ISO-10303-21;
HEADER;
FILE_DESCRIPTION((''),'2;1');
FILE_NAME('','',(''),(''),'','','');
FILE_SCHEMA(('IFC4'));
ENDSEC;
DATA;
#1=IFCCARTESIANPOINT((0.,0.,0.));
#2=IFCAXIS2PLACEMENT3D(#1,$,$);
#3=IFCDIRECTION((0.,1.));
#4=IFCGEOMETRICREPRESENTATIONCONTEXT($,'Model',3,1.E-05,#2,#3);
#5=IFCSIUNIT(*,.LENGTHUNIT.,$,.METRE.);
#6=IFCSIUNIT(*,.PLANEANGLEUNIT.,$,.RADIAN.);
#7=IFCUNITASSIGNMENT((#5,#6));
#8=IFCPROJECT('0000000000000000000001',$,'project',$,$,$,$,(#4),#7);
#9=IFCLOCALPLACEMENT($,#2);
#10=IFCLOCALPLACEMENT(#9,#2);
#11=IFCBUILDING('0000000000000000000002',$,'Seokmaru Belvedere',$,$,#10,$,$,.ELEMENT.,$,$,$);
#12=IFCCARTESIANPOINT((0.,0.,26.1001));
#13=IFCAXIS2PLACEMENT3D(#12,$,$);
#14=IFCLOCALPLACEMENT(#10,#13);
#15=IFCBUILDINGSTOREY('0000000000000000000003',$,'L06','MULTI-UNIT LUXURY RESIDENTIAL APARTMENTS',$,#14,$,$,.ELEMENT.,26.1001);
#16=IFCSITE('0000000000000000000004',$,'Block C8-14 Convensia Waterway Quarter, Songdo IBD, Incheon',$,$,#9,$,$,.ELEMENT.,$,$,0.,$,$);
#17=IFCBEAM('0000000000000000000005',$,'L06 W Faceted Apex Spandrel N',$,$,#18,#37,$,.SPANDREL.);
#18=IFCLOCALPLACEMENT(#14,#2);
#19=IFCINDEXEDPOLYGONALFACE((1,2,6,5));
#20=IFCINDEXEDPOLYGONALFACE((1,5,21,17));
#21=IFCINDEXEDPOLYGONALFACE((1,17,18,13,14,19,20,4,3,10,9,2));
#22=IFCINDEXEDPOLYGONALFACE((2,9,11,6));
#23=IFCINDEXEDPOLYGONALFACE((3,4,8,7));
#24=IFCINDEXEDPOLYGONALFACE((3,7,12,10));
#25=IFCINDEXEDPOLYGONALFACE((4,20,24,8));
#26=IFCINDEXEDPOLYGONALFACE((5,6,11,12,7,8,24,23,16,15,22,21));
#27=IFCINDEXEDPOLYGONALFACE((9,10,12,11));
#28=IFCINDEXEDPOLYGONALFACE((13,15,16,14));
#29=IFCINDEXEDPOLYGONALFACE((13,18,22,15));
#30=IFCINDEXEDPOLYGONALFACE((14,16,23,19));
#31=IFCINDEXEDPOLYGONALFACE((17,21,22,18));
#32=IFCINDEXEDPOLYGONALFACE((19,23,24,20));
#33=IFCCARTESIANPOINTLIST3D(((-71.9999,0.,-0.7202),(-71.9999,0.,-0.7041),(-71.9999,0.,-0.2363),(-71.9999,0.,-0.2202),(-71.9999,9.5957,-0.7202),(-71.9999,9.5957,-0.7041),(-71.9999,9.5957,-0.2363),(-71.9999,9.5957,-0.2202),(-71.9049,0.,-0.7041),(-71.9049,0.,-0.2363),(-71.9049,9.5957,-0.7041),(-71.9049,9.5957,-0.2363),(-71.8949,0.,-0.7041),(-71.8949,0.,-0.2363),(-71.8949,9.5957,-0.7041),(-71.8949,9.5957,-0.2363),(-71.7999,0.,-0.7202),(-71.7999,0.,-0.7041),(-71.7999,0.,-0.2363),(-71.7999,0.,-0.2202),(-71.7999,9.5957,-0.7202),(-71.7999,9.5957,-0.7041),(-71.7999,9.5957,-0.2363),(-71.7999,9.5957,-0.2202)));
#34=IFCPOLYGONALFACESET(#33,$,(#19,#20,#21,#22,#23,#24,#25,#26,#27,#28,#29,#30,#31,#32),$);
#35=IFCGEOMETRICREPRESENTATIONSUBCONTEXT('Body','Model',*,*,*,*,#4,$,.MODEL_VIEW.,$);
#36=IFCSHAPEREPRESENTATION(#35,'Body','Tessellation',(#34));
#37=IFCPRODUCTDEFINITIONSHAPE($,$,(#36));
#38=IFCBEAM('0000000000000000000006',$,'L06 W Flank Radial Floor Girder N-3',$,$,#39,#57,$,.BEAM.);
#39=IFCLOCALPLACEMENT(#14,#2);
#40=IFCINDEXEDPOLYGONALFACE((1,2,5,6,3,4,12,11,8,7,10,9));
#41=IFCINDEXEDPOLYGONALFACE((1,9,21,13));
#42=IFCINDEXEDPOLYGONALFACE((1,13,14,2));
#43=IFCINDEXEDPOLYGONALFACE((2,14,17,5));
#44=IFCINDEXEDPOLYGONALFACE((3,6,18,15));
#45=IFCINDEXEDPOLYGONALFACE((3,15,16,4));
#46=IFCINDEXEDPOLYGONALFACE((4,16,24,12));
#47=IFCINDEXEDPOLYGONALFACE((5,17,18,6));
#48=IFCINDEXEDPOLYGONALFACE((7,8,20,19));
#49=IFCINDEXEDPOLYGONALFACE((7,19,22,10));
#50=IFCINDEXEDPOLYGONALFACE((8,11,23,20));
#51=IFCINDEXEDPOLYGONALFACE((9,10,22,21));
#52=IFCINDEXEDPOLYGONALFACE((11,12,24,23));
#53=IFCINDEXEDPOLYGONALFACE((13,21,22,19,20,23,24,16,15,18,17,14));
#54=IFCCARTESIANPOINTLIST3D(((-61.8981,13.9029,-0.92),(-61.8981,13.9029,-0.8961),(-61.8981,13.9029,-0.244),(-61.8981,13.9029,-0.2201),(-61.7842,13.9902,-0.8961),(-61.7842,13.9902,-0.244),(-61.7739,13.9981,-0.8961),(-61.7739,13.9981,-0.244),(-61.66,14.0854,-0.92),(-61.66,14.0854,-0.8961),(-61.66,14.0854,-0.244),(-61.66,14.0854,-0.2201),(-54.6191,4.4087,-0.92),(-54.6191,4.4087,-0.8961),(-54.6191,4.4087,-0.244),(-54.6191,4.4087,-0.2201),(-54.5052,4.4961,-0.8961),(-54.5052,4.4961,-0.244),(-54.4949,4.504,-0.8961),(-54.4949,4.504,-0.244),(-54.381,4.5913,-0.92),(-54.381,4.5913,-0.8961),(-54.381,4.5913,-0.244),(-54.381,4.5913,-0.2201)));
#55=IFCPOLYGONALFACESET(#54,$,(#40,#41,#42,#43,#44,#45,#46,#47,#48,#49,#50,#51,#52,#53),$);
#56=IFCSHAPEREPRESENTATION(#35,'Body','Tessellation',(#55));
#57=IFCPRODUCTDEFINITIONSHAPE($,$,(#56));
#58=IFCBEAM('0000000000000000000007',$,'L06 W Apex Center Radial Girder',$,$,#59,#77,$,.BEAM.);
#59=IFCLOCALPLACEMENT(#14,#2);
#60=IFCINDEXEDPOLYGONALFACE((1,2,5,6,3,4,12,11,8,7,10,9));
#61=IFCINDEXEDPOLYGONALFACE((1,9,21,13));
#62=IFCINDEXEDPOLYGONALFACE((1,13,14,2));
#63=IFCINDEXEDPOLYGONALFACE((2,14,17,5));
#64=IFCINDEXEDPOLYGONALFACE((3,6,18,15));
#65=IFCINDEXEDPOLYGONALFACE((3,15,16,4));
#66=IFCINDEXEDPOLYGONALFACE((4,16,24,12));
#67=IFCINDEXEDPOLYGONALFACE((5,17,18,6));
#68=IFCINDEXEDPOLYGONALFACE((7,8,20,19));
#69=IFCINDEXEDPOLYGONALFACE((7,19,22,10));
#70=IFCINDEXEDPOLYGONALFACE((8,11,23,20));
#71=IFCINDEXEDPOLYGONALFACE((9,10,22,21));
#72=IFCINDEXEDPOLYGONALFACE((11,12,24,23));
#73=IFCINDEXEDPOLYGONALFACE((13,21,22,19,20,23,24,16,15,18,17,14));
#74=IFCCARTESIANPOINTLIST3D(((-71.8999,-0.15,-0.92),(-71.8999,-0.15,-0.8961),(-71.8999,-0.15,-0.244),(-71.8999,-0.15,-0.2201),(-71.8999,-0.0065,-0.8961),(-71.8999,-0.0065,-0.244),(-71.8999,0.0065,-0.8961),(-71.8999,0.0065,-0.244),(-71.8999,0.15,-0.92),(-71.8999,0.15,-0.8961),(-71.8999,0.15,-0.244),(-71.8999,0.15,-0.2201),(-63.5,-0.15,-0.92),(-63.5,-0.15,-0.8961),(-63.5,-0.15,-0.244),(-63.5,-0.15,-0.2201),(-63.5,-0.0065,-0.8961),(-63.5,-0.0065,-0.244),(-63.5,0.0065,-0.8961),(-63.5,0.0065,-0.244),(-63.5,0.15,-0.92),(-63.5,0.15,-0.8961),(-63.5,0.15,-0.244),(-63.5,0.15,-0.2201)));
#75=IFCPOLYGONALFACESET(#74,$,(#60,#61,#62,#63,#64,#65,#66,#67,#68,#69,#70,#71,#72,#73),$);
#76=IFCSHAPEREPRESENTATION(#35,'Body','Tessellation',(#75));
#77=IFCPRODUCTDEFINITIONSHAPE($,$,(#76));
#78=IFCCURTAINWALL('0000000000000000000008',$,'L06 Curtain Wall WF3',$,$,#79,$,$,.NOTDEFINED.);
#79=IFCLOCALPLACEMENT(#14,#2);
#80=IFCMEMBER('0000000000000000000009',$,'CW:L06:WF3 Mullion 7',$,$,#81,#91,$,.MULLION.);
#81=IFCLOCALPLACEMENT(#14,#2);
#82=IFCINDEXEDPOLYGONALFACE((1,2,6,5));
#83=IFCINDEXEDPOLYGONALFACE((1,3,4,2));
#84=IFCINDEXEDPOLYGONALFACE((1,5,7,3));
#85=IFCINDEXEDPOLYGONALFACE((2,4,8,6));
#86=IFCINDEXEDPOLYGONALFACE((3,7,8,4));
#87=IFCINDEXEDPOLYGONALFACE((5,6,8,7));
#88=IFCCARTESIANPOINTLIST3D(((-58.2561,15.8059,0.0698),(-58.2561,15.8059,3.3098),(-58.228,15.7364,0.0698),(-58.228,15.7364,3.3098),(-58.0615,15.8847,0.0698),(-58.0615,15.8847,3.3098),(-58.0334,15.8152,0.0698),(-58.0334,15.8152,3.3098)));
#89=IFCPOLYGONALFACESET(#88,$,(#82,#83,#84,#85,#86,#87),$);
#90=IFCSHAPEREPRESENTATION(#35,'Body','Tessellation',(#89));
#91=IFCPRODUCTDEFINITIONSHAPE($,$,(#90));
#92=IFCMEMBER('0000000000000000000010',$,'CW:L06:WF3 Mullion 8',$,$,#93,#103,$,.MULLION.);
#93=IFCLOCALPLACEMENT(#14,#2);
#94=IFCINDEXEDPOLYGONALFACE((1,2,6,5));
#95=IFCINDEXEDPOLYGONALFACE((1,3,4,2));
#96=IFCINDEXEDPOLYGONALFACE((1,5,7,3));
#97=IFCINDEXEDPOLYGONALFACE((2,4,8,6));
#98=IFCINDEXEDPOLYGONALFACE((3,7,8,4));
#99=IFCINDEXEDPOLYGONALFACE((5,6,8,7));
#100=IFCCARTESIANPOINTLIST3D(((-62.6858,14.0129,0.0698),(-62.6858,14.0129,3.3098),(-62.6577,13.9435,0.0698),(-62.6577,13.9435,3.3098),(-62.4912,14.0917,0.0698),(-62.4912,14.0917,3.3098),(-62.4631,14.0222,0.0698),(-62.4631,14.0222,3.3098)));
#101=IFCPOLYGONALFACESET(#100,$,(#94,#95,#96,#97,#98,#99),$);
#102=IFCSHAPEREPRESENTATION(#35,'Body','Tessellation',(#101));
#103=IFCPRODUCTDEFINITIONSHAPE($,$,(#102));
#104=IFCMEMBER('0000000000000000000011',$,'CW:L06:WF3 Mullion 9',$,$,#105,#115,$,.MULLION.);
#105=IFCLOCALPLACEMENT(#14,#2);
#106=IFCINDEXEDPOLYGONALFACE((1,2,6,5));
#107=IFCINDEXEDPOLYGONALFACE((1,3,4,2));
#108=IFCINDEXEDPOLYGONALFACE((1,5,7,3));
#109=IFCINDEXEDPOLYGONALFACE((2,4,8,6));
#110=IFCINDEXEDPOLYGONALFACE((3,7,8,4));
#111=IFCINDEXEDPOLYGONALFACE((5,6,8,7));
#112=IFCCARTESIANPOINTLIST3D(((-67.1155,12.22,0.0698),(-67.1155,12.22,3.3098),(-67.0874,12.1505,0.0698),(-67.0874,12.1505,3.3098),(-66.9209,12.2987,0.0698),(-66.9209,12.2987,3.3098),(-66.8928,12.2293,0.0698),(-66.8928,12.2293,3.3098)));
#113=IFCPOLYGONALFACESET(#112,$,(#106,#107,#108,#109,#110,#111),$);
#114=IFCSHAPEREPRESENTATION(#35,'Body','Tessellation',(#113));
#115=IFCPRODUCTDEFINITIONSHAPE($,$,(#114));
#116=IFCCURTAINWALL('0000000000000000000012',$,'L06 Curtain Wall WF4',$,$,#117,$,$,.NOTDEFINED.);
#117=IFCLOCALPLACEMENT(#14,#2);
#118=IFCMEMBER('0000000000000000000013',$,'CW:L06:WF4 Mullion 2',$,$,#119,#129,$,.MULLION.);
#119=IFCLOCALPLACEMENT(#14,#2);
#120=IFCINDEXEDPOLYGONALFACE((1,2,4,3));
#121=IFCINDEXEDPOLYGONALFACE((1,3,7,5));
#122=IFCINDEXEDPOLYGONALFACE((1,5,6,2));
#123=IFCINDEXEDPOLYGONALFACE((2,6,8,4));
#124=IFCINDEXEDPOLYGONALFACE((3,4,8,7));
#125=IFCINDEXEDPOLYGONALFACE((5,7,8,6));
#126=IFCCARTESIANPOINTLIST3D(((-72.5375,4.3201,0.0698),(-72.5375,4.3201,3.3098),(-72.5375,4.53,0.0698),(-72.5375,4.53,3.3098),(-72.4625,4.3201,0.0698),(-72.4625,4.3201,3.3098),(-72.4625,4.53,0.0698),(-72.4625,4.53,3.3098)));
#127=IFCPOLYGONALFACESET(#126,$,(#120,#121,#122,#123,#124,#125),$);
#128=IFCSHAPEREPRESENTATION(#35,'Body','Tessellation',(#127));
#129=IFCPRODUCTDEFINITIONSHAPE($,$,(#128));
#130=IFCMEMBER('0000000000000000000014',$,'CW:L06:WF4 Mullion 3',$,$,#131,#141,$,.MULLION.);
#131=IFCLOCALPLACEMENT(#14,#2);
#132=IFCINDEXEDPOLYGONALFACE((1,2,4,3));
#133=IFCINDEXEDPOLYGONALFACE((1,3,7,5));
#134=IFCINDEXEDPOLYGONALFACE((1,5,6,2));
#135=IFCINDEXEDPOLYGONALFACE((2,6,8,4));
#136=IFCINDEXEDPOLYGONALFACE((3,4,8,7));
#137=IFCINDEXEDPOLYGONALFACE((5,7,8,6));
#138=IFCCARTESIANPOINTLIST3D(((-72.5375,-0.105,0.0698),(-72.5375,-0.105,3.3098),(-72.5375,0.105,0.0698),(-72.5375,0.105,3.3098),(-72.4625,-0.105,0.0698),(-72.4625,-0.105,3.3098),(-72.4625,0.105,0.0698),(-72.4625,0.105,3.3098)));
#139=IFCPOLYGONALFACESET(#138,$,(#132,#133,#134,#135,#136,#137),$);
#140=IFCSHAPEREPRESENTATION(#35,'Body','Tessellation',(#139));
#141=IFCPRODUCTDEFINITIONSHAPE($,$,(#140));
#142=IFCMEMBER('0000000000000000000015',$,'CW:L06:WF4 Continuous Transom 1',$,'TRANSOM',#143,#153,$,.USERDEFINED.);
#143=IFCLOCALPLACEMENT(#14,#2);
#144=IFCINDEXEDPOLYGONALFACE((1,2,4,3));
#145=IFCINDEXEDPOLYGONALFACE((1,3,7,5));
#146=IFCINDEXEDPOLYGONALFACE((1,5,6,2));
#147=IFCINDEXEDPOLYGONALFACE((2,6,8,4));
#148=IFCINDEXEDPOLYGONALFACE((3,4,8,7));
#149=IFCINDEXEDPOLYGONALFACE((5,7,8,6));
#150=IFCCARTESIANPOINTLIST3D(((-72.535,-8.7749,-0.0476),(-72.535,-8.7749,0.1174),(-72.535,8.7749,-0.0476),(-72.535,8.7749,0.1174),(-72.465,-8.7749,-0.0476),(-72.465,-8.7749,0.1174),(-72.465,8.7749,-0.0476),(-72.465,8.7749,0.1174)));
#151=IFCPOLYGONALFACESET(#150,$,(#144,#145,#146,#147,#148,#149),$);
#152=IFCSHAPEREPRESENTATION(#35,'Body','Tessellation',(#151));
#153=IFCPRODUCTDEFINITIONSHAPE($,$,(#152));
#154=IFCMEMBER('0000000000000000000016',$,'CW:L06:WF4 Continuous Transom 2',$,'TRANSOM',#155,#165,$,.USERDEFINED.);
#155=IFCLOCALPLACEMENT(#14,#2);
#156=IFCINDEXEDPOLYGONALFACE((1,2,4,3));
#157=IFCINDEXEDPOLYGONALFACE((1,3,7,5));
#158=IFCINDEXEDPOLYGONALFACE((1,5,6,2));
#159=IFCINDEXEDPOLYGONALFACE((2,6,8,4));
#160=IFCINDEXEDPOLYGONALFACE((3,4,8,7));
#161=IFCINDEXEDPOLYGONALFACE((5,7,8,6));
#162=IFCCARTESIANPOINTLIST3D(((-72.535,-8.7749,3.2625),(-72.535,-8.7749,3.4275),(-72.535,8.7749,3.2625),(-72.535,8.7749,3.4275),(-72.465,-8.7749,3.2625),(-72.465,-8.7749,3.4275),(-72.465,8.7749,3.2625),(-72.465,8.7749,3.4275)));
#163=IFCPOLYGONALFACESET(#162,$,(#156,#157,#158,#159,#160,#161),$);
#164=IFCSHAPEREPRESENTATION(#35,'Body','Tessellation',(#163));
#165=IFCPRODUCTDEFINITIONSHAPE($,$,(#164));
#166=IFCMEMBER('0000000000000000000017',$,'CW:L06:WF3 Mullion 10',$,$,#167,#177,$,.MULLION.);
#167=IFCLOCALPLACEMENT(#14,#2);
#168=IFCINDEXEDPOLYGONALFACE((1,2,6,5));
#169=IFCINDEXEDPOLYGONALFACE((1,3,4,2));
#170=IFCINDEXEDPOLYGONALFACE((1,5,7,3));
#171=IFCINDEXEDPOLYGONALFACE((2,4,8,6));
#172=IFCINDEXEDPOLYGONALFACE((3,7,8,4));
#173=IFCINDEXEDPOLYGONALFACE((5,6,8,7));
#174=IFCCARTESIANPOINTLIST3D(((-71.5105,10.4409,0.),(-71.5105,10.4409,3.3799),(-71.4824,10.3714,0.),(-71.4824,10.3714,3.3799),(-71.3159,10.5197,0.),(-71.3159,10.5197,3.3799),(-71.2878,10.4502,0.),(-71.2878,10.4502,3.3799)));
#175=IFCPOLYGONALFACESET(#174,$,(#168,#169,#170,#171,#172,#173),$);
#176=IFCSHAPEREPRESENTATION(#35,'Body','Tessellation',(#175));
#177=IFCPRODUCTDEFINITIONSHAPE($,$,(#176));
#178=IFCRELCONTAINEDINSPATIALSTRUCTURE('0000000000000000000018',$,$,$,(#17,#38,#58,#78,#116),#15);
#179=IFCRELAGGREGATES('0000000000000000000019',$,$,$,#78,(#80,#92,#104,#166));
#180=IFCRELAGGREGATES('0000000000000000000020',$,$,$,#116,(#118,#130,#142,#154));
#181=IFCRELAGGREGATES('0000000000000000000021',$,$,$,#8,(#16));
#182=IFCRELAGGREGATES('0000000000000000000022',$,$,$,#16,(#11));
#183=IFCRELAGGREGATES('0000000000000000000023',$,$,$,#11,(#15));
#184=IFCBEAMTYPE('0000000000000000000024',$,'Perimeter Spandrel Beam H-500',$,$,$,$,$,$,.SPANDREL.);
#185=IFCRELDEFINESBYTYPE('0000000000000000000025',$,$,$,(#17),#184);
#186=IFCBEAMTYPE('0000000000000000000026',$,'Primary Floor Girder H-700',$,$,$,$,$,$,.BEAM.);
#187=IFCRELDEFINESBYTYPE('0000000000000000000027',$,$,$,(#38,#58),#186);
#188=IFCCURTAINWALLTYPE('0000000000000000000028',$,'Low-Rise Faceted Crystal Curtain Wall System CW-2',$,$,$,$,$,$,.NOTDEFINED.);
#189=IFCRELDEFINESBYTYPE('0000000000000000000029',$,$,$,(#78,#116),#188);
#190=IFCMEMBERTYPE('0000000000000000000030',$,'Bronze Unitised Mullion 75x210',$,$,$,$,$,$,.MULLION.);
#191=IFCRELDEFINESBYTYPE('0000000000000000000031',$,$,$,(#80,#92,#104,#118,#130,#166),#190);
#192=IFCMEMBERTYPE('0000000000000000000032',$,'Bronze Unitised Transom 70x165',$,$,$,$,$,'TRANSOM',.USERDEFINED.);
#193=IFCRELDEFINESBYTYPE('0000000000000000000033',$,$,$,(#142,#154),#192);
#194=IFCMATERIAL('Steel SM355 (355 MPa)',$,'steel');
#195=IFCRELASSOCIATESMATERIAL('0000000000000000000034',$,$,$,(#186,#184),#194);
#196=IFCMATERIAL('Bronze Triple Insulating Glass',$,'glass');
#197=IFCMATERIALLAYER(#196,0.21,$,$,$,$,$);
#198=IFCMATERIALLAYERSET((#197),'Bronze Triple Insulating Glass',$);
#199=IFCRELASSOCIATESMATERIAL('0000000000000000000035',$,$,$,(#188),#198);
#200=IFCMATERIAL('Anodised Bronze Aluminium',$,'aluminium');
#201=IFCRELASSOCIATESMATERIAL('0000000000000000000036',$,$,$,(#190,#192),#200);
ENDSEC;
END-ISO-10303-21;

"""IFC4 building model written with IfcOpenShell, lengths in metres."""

from ifc_helpers import new_model, si_unit, direction, frame, origin, origin_2d, place, context, subcontext, project, spatial, rectangle, i_section, extrude, source, transform, mapped, material, layer, layer_set, material_profile, profile_set, type_object, type_shapes, element, aggregate, save


model = new_model("IFC4")

# Units and contexts
model_context = context("Model", 3, precision=1e-05, world=origin(), true_north=direction((0.0, 1.0)))
body_context = subcontext(model_context, "Body", "Model", "MODEL_VIEW")
ifc_project = project(units=[si_unit("LENGTHUNIT", "METRE"), si_unit("PLANEANGLEUNIT", "RADIAN")], contexts=[model_context])

# Site, building, storey
site_placement = place(None, origin())
site = spatial("IfcSite", under=ifc_project, at=site_placement, Name="Block C8-14 Convensia Waterway Quarter, Songdo IBD, Incheon", CompositionType="ELEMENT", RefElevation=0.0)
building_placement = place(site_placement, origin())
building = spatial("IfcBuilding", under=site, at=building_placement, Name="Seokmaru Belvedere", CompositionType="ELEMENT")
storey_placement = place(building_placement, frame((0.0, 0.0, 26.1001)))
storey = spatial("IfcBuildingStorey", under=building, at=storey_placement, Name="L06", Description="MULTI-UNIT LUXURY RESIDENTIAL APARTMENTS", CompositionType="ELEMENT", Elevation=26.1001)

# Shared definitions
ifc_material_1 = material(Name="Steel SM355 (355 MPa)", Category="steel")

# Beams
ifc_material_profile_1 = material_profile(ifc_material_1, i_section(OverallWidth=0.3, OverallDepth=0.7, WebThickness=0.0129, FlangeThickness=0.0239, at=origin_2d()), Name="H-700x300x13x24")
ifc_profile_set_1 = profile_set([ifc_material_profile_1], Name="Steel SM355 (355 MPa)")
beam_type_1 = type_object("IfcBeamType", Name="Primary Floor Girder H-700", PredefinedType="BEAM", material=ifc_profile_set_1)
ifc_material_profile_2 = material_profile(ifc_material_1, i_section(OverallWidth=0.2, OverallDepth=0.5, WebThickness=0.01, FlangeThickness=0.0161, at=origin_2d()), Name="H-500x200x10x16")
ifc_profile_set_2 = profile_set([ifc_material_profile_2], Name="Steel SM355 (355 MPa)")
beam_type_2 = type_object("IfcBeamType", Name="Perimeter Spandrel Beam H-500", PredefinedType="SPANDREL", material=ifc_profile_set_2)
shared_shape_1 = source(origin(), body_context, "Body", "SweptSolid", [
    extrude(i_section(OverallWidth=0.2, OverallDepth=0.5, WebThickness=0.01, FlangeThickness=0.0161, at=origin_2d()), origin(), (0.0, 0.0, 1.0), 9.5957),
])
beam_1_placement = place(storey_placement, frame((-71.8999, 0.0, -0.4702), z_axis=(0.0, 1.0, 0.0), x_axis=(-1.0, 0.0, 0.0)))
element("IfcBeam", 1, at=beam_1_placement, inside=storey, type_object=beam_type_2, Name="L06 W Faceted Apex Spandrel N", PredefinedType="SPANDREL", context=body_context, shape_type="MappedRepresentation", body=[
    mapped(shared_shape_1, transform((0.0, 0.0, 0.0), scale=1.0)),
])
shared_shape_2 = source(origin(), body_context, "Body", "SweptSolid", [
    extrude(i_section(OverallWidth=0.3, OverallDepth=0.7, WebThickness=0.0129, FlangeThickness=0.0239, at=origin_2d()), origin(), (0.0, 0.0, 1.0), 11.9634),
])
beam_2_placement = place(storey_placement, frame((-61.7791, 13.9941, -0.5701), z_axis=(0.608443, -0.793598, 0.0), x_axis=(0.793598, 0.608443, 0.0)))
element("IfcBeam", 2, at=beam_2_placement, inside=storey, type_object=beam_type_1, Name="L06 W Flank Radial Floor Girder N-3", PredefinedType="BEAM", context=body_context, shape_type="MappedRepresentation", body=[
    mapped(shared_shape_2, transform((0.0, 0.0, 0.0), scale=1.0)),
])
shared_shape_3 = source(origin(), body_context, "Body", "SweptSolid", [
    extrude(i_section(OverallWidth=0.3, OverallDepth=0.7, WebThickness=0.0129, FlangeThickness=0.0239, at=origin_2d()), origin(), (0.0, 0.0, 1.0), 8.3999),
])
beam_3_placement = place(storey_placement, frame((-71.8999, 0.0, -0.5701), z_axis=(1.0, 0.0, 0.0), x_axis=(0.0, 1.0, 0.0)))
element("IfcBeam", 3, at=beam_3_placement, inside=storey, type_object=beam_type_1, Name="L06 W Apex Center Radial Girder", PredefinedType="BEAM", context=body_context, shape_type="MappedRepresentation", body=[
    mapped(shared_shape_3, transform((0.0, 0.0, 0.0), scale=1.0)),
])

# Curtain walls, members
ifc_material_2 = material(Name="Bronze Triple Insulating Glass", Category="glass")
ifc_layer_1 = layer(ifc_material_2, 0.21)
ifc_layer_set_1 = layer_set([ifc_layer_1], Name="Bronze Triple Insulating Glass")
curtain_wall_type = type_object("IfcCurtainWallType", Name="Low-Rise Faceted Crystal Curtain Wall System CW-2", PredefinedType="NOTDEFINED", material=ifc_layer_set_1)
curtain_wall_1_placement = place(storey_placement, origin())
curtain_wall_1 = element("IfcCurtainWall", 4, at=curtain_wall_1_placement, inside=storey, type_object=curtain_wall_type, Name="L06 Curtain Wall WF3", PredefinedType="NOTDEFINED")
ifc_material_3 = material(Name="Anodised Bronze Aluminium", Category="aluminium")
ifc_material_profile_3 = material_profile(ifc_material_3, rectangle(XDim=0.075, YDim=0.21, at=origin_2d()), Name="CW-M-75x210")
ifc_profile_set_3 = profile_set([ifc_material_profile_3], Name="Anodised Bronze Aluminium")
member_type_1 = type_object("IfcMemberType", Name="Bronze Unitised Mullion 75x210", PredefinedType="MULLION", material=ifc_profile_set_3)
shared_shape_4 = source(origin(), body_context, "Body", "SweptSolid", [
    extrude(rectangle(XDim=0.075, YDim=0.21, at=origin_2d()), origin(), (0.0, 0.0, 1.0), 3.24),
])
member_1_placement = place(storey_placement, frame((-58.1448, 15.8105, 0.0698), z_axis=(0.0, 0.0, 1.0), x_axis=(0.375192, -0.926947, 0.0)))
member_1 = element("IfcMember", 5, at=member_1_placement, type_object=member_type_1, Name="CW:L06:WF3 Mullion 7", PredefinedType="MULLION", context=body_context, shape_type="MappedRepresentation", body=[
    mapped(shared_shape_4, transform((0.0, 0.0, 0.0), scale=1.0)),
])
member_2_placement = place(storey_placement, frame((-62.5745, 14.0176, 0.0698), z_axis=(0.0, 0.0, 1.0), x_axis=(0.375192, -0.926947, 0.0)))
member_2 = element("IfcMember", 6, at=member_2_placement, type_object=member_type_1, Name="CW:L06:WF3 Mullion 8", PredefinedType="MULLION", context=body_context, shape_type="MappedRepresentation", body=[
    mapped(shared_shape_4, transform((0.0, 0.0, 0.0), scale=1.0)),
])
member_3_placement = place(storey_placement, frame((-67.0042, 12.2246, 0.0698), z_axis=(0.0, 0.0, 1.0), x_axis=(0.375192, -0.926947, 0.0)))
member_3 = element("IfcMember", 7, at=member_3_placement, type_object=member_type_1, Name="CW:L06:WF3 Mullion 9", PredefinedType="MULLION", context=body_context, shape_type="MappedRepresentation", body=[
    mapped(shared_shape_4, transform((0.0, 0.0, 0.0), scale=1.0)),
])
curtain_wall_2_placement = place(storey_placement, origin())
curtain_wall_2 = element("IfcCurtainWall", 8, at=curtain_wall_2_placement, inside=storey, type_object=curtain_wall_type, Name="L06 Curtain Wall WF4", PredefinedType="NOTDEFINED")
member_4_placement = place(storey_placement, frame((-72.5, 4.425, 0.0698), z_axis=(0.0, 0.0, 1.0), x_axis=(1.0, 0.0, 0.0)))
member_4 = element("IfcMember", 9, at=member_4_placement, type_object=member_type_1, Name="CW:L06:WF4 Mullion 2", PredefinedType="MULLION", context=body_context, shape_type="MappedRepresentation", body=[
    mapped(shared_shape_4, transform((0.0, 0.0, 0.0), scale=1.0)),
])
member_5_placement = place(storey_placement, frame((-72.5, 0.0, 0.0698), z_axis=(0.0, 0.0, 1.0), x_axis=(1.0, 0.0, 0.0)))
member_5 = element("IfcMember", 10, at=member_5_placement, type_object=member_type_1, Name="CW:L06:WF4 Mullion 3", PredefinedType="MULLION", context=body_context, shape_type="MappedRepresentation", body=[
    mapped(shared_shape_4, transform((0.0, 0.0, 0.0), scale=1.0)),
])
ifc_material_profile_4 = material_profile(ifc_material_3, rectangle(XDim=0.0701, YDim=0.165, at=origin_2d()), Name="CW-T-70x165")
ifc_profile_set_4 = profile_set([ifc_material_profile_4], Name="Anodised Bronze Aluminium")
member_type_2 = type_object("IfcMemberType", Name="Bronze Unitised Transom 70x165", ElementType="TRANSOM", PredefinedType="USERDEFINED", material=ifc_profile_set_4)
shared_shape_5 = source(origin(), body_context, "Body", "SweptSolid", [
    extrude(rectangle(XDim=0.0701, YDim=0.165, at=origin_2d()), origin(), (0.0, 0.0, 1.0), 17.5498),
])
type_shapes(member_type_2, [shared_shape_5])
member_6_placement = place(storey_placement, frame((-72.5, 8.7749, 0.0349), z_axis=(0.0, -1.0, 0.0), x_axis=(1.0, 0.0, 0.0)))
member_6 = element("IfcMember", 11, at=member_6_placement, type_object=member_type_2, Name="CW:L06:WF4 Continuous Transom 1", ObjectType="TRANSOM", PredefinedType="USERDEFINED", context=body_context, shape_type="MappedRepresentation", body=[
    mapped(shared_shape_5, transform((0.0, 0.0, 0.0), scale=1.0)),
])
member_7_placement = place(storey_placement, frame((-72.5, 8.7749, 3.345), z_axis=(0.0, -1.0, 0.0), x_axis=(1.0, 0.0, 0.0)))
member_7 = element("IfcMember", 12, at=member_7_placement, type_object=member_type_2, Name="CW:L06:WF4 Continuous Transom 2", ObjectType="TRANSOM", PredefinedType="USERDEFINED", context=body_context, shape_type="MappedRepresentation", body=[
    mapped(shared_shape_5, transform((0.0, 0.0, 0.0), scale=1.0)),
])

# Member
shared_shape_6 = source(origin(), body_context, "Body", "SweptSolid", [
    extrude(rectangle(XDim=0.075, YDim=0.21, at=origin_2d()), origin(), (0.0, 0.0, 1.0), 3.3799),
])
type_shapes(member_type_1, [shared_shape_4, shared_shape_6])
member_8_placement = place(storey_placement, frame((-71.3992, 10.4456, 0.0), z_axis=(0.0, 0.0, 1.0), x_axis=(0.375192, -0.926947, 0.0)))
member_8 = element("IfcMember", 13, at=member_8_placement, type_object=member_type_1, Name="CW:L06:WF3 Mullion 10", PredefinedType="MULLION", context=body_context, shape_type="MappedRepresentation", body=[
    mapped(shared_shape_6, transform((0.0, 0.0, 0.0), scale=1.0)),
])

aggregate(curtain_wall_1, [member_1, member_2, member_3, member_8])
aggregate(curtain_wall_2, [member_4, member_5, member_6, member_7])

save(model, "model.ifc")
